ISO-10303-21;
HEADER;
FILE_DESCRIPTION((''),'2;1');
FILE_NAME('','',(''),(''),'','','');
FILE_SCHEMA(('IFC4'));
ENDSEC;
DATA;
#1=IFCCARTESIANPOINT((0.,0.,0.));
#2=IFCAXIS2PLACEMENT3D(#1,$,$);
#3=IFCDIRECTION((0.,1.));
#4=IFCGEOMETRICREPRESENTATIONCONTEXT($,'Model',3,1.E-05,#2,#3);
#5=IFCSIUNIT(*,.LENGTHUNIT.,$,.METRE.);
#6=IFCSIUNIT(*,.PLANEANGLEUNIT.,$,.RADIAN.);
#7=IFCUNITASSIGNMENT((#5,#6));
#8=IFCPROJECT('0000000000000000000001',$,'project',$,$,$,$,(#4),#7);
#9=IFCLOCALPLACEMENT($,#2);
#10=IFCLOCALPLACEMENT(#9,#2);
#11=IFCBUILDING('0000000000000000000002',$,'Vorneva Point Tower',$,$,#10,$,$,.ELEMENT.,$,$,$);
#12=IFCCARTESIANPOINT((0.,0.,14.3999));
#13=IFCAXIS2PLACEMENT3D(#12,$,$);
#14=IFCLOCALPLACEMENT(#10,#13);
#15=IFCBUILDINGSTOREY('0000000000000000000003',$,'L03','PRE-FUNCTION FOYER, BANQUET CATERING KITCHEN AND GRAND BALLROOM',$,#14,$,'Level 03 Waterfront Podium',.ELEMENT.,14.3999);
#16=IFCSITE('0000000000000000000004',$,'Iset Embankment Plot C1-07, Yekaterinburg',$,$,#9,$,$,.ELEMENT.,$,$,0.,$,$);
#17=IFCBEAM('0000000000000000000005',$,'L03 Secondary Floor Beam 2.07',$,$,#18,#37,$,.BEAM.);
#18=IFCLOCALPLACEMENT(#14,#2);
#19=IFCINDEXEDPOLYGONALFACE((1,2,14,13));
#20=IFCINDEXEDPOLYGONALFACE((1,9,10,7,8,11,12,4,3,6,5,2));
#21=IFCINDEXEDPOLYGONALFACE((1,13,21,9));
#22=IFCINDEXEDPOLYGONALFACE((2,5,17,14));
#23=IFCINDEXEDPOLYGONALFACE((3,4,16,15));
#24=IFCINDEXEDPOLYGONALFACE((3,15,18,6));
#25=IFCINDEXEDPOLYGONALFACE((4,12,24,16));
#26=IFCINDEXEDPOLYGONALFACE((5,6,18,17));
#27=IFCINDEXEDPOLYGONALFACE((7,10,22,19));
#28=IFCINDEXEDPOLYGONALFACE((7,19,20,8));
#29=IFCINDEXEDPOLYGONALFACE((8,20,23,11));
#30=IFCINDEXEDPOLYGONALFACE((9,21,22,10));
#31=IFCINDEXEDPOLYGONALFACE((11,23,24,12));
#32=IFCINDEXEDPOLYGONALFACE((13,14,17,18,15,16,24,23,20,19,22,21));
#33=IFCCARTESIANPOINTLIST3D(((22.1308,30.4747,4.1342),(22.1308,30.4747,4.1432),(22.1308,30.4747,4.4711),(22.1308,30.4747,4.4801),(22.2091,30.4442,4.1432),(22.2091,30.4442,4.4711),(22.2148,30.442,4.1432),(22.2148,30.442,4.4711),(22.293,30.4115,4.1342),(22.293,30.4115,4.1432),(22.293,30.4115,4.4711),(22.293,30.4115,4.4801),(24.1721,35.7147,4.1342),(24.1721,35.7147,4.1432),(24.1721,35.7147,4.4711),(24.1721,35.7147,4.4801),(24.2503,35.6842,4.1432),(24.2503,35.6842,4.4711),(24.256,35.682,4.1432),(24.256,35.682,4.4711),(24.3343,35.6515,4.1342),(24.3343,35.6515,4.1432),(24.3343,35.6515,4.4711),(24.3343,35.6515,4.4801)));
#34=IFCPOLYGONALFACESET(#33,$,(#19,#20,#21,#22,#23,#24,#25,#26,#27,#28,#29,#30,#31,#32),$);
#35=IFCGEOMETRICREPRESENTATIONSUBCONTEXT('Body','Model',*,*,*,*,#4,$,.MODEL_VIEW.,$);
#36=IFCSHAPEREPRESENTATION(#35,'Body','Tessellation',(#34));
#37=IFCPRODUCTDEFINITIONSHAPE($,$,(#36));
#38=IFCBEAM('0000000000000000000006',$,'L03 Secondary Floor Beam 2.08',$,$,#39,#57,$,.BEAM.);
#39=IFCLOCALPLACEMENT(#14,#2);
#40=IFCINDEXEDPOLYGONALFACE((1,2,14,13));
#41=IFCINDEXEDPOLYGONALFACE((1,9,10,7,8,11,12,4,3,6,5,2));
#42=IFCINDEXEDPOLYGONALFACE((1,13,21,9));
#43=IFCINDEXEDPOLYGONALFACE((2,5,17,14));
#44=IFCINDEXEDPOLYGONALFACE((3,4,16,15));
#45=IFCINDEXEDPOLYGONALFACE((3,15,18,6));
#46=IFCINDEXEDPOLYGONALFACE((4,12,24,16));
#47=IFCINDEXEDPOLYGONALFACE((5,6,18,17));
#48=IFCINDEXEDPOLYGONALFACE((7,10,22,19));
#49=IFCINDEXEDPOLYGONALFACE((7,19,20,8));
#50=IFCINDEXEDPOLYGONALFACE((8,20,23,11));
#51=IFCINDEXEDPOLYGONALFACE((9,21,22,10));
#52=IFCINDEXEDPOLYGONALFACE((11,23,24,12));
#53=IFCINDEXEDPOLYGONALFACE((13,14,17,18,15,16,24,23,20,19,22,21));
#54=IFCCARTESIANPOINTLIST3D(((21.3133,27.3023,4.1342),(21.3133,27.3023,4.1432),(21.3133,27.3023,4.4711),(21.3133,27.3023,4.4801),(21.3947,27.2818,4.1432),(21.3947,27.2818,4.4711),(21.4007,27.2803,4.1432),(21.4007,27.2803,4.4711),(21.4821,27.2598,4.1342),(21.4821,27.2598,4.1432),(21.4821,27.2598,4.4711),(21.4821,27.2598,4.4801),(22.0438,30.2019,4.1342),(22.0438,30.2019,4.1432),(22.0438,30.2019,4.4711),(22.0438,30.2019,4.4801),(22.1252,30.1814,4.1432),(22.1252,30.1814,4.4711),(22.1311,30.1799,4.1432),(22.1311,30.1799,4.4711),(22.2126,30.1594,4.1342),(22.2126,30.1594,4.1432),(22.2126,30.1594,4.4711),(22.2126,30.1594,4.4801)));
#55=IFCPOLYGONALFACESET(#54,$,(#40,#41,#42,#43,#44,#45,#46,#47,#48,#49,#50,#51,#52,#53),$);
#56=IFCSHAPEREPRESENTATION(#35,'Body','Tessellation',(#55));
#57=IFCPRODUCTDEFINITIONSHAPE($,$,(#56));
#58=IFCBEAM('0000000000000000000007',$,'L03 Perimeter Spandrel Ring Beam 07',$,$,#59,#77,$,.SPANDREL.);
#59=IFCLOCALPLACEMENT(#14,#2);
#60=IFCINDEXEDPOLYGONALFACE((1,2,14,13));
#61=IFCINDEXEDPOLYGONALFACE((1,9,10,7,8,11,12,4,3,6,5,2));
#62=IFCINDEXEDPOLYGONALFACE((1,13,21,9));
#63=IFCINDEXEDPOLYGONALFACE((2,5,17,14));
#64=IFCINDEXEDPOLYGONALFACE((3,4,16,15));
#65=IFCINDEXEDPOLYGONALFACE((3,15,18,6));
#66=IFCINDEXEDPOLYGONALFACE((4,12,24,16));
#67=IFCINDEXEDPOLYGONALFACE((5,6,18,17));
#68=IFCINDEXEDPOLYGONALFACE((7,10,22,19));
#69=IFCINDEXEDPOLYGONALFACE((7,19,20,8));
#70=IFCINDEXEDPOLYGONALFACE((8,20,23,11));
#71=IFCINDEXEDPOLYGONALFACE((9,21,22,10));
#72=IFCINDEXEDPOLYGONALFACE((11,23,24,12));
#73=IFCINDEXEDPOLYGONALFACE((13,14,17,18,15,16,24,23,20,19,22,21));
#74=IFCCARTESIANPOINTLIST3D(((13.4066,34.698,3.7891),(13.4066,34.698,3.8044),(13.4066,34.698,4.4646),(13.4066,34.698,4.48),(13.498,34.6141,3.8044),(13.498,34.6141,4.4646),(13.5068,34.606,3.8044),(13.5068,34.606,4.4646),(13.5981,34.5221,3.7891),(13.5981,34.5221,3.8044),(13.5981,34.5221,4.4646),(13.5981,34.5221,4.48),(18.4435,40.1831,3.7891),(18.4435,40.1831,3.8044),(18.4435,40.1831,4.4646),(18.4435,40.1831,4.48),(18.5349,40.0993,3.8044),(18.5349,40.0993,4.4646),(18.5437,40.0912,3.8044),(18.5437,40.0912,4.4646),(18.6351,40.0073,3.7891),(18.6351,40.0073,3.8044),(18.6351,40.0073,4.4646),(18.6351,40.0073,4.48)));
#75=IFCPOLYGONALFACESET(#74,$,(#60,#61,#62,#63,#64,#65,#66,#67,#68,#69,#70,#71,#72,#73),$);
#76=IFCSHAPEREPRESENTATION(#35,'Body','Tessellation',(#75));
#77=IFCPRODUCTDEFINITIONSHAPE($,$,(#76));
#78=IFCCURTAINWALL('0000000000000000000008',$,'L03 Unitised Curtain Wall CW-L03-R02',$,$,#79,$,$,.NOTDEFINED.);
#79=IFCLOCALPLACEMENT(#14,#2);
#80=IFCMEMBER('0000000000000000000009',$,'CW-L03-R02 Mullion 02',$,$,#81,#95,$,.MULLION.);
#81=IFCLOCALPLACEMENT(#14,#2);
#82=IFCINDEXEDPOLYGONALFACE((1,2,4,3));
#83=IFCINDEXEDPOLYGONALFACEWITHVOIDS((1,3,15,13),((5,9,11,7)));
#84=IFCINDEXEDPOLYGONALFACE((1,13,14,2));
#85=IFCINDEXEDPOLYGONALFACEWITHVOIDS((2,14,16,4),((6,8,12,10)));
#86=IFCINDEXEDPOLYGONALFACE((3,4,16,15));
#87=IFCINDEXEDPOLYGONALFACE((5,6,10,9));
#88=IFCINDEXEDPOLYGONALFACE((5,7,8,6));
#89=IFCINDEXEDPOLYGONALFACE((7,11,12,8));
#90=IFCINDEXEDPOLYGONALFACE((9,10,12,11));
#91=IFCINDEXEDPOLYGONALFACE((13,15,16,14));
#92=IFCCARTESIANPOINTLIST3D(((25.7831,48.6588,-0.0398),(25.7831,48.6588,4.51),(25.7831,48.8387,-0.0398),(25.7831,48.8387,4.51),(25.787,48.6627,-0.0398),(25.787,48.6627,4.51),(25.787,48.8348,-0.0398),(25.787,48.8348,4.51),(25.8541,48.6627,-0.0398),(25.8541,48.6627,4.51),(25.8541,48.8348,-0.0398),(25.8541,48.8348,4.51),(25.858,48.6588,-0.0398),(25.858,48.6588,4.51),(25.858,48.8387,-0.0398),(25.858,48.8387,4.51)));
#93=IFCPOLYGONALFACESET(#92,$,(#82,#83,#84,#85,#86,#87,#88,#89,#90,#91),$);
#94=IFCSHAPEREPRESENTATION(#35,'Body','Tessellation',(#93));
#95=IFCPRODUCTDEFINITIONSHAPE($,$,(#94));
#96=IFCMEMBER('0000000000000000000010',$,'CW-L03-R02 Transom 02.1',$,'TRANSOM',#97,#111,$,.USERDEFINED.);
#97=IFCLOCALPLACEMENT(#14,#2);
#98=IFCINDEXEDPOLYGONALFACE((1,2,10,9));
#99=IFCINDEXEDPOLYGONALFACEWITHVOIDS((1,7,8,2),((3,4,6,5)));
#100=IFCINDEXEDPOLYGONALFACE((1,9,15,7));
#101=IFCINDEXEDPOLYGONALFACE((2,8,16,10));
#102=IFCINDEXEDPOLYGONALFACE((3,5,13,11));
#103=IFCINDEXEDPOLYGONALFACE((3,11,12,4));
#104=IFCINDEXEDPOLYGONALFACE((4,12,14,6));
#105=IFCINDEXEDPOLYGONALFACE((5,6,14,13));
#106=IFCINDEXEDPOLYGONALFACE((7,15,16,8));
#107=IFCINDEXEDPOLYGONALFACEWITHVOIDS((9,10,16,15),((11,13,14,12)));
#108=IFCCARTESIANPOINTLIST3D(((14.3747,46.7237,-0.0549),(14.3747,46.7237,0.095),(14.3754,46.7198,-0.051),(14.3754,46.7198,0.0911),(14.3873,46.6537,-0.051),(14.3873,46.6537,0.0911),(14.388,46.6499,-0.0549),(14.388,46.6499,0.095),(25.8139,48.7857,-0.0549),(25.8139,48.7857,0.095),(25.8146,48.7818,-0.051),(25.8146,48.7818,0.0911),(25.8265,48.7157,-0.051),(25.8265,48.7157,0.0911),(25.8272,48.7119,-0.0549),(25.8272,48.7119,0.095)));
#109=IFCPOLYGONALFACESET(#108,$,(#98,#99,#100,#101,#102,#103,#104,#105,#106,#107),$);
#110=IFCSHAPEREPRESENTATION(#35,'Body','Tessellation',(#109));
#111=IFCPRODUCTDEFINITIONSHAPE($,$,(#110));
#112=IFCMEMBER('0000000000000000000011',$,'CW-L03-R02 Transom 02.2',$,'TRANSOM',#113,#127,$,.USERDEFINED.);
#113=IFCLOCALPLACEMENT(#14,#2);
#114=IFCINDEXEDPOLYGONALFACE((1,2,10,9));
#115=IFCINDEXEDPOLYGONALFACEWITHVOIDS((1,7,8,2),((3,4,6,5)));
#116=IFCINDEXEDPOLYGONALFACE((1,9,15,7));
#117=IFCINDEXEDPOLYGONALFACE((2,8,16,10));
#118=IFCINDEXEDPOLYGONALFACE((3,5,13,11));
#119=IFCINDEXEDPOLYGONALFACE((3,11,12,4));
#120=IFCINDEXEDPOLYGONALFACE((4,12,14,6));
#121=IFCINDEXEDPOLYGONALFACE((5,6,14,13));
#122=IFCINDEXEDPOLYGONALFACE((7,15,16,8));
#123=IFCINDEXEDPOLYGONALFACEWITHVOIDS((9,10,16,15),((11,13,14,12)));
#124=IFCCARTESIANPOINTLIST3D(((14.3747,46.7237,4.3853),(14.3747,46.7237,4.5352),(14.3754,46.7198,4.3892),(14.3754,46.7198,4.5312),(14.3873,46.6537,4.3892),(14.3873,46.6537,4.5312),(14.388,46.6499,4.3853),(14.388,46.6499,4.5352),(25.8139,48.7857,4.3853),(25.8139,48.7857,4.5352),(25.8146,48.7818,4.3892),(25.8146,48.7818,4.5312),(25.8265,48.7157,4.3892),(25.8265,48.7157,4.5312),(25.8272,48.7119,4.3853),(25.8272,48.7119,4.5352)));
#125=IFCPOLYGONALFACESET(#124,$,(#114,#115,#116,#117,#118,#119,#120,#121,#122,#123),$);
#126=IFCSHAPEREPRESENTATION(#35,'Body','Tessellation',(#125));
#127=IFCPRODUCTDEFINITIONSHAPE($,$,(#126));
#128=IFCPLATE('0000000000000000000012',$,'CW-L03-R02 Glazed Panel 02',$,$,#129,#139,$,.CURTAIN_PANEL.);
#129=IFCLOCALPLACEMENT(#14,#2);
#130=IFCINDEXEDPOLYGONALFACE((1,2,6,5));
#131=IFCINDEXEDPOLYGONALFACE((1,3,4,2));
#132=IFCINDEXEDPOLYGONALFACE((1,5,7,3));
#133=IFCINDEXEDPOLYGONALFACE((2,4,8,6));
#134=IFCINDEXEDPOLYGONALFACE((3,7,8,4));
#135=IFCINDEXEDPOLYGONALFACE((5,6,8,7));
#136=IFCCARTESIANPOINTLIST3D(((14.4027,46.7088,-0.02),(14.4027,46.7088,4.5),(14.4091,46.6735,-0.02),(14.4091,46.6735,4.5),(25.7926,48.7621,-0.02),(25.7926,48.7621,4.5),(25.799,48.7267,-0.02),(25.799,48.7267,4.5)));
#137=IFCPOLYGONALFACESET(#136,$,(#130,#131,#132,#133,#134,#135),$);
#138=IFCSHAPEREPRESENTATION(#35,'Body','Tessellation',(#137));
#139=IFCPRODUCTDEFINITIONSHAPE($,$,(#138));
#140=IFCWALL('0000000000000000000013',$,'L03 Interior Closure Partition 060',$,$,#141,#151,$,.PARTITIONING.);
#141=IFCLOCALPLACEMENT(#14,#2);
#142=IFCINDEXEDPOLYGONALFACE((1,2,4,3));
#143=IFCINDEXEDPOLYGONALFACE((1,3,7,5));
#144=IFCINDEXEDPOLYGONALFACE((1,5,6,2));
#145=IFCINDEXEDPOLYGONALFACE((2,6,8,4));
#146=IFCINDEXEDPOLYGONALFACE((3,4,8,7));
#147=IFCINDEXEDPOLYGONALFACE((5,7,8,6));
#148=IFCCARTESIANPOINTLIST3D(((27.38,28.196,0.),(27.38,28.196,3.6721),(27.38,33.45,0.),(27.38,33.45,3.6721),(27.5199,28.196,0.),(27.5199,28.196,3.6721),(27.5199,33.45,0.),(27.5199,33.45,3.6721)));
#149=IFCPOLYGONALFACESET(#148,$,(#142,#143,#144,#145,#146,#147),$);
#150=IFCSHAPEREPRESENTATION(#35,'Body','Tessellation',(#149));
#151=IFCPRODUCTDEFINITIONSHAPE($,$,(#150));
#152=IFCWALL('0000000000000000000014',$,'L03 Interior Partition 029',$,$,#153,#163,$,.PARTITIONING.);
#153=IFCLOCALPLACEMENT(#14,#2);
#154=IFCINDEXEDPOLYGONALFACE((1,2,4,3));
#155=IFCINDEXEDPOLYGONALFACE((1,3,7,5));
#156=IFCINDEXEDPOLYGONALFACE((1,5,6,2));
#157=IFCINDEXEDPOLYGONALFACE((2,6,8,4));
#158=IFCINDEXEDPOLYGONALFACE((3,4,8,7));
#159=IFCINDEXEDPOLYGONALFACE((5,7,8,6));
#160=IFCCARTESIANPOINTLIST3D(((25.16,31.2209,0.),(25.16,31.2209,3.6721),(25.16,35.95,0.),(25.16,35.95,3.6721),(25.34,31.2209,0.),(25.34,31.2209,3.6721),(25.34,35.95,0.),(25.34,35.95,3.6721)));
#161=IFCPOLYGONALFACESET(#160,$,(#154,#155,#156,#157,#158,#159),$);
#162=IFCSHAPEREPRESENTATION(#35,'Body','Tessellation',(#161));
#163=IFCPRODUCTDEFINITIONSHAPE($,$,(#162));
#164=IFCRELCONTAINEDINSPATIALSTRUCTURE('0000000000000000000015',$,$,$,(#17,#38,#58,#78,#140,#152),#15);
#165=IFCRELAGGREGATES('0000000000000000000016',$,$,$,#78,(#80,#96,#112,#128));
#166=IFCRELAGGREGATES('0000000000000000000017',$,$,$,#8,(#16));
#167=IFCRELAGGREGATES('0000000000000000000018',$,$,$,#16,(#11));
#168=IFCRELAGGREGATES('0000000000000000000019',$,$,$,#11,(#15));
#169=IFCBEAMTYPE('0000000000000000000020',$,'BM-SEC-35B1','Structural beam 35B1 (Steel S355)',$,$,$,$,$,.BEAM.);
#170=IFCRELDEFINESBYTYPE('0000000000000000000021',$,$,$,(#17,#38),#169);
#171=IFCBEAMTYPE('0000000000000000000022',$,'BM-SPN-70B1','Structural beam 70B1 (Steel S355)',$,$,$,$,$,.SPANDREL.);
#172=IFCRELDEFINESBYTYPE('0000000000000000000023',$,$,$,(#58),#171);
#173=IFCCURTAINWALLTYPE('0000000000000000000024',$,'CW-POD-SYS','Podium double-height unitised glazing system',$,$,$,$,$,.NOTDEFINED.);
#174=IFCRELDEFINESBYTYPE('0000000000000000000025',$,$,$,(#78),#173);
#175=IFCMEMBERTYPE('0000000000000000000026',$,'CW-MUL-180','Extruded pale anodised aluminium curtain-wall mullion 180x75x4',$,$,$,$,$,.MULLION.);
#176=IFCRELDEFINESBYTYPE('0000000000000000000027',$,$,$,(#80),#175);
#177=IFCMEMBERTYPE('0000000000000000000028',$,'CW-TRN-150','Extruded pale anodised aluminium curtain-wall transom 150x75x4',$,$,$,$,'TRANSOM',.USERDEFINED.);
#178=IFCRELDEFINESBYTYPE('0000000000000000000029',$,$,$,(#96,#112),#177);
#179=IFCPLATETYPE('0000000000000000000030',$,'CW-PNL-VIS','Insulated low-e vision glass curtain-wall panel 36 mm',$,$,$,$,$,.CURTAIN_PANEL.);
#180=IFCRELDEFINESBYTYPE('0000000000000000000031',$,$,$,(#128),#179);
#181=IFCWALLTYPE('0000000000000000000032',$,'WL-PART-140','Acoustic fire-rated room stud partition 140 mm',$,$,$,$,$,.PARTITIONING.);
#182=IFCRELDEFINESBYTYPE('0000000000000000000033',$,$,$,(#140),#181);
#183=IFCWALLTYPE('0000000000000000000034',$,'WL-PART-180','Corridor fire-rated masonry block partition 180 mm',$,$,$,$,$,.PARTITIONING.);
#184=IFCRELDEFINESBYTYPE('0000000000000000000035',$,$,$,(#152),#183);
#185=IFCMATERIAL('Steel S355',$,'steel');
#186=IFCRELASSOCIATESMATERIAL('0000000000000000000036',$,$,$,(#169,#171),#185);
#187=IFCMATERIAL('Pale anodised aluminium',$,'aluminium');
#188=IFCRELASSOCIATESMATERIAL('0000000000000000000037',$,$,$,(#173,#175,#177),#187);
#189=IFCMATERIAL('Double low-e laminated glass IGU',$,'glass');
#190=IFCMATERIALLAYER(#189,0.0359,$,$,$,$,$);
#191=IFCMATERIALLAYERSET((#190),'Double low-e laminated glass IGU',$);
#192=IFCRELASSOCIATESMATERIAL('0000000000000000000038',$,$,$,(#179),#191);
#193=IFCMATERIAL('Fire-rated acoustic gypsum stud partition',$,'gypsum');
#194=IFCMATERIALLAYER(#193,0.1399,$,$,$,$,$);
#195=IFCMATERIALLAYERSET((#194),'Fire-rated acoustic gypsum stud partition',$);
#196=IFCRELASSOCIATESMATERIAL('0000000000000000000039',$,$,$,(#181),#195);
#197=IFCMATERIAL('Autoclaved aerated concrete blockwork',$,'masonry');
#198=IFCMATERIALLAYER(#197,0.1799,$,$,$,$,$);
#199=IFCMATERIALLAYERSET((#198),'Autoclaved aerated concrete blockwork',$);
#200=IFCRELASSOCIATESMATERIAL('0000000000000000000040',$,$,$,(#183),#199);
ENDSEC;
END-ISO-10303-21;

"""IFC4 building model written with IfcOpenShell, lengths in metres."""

from ifc_helpers import new_model, si_unit, direction, frame, frame_2d, origin, origin_2d, place, context, subcontext, project, spatial, rectangle, hollow_rectangle, i_section, extrude, material, layer, layer_set, material_profile, profile_set, type_object, element, aggregate, save


model = new_model("IFC4")

# Units and contexts
model_context = context("Model", 3, precision=1e-05, world=origin(), true_north=direction((0.0, 1.0)))
body_context = subcontext(model_context, "Body", "Model", "MODEL_VIEW")
ifc_project = project(units=[si_unit("LENGTHUNIT", "METRE"), si_unit("PLANEANGLEUNIT", "RADIAN")], contexts=[model_context])

# Site, building, storey
site_placement = place(None, origin())
site = spatial("IfcSite", under=ifc_project, at=site_placement, Name="Iset Embankment Plot C1-07, Yekaterinburg", CompositionType="ELEMENT", RefElevation=0.0)
building_placement = place(site_placement, origin())
building = spatial("IfcBuilding", under=site, at=building_placement, Name="Vorneva Point Tower", CompositionType="ELEMENT")
storey_placement = place(building_placement, frame((0.0, 0.0, 14.3999)))
storey = spatial("IfcBuildingStorey", under=building, at=storey_placement, Name="L03", Description="PRE-FUNCTION FOYER, BANQUET CATERING KITCHEN AND GRAND BALLROOM", LongName="Level 03 Waterfront Podium", CompositionType="ELEMENT", Elevation=14.3999)

# Beams
ifc_material_1 = material(Name="Steel S355", Category="steel")
ifc_material_profile_1 = material_profile(ifc_material_1, i_section(OverallWidth=0.1741, OverallDepth=0.3459, WebThickness=0.0061, FlangeThickness=0.009, at=origin_2d()), Name="35B1")
ifc_profile_set_1 = profile_set([ifc_material_profile_1], Name="Steel S355")
beam_type_1 = type_object("IfcBeamType", Name="BM-SEC-35B1", Description="Structural beam 35B1 (Steel S355)", PredefinedType="BEAM", material=ifc_profile_set_1)
beam_1_placement = place(storey_placement, frame((24.2532, 35.6831, 4.3071), z_axis=(-0.362985, -0.931795, 0.0), x_axis=(0.931795, -0.362985, 0.0)))
element("IfcBeam", 1, at=beam_1_placement, inside=storey, type_object=beam_type_1, Name="L03 Secondary Floor Beam 2.07", PredefinedType="BEAM", context=body_context, shape_type="SweptSolid", body=[
    extrude(i_section(OverallWidth=0.1741, OverallDepth=0.3459, WebThickness=0.0061, FlangeThickness=0.009, at=origin_2d()), origin(), (0.0, 0.0, 1.0), 5.6235),
])
beam_2_placement = place(storey_placement, frame((22.1282, 30.1807, 4.3071), z_axis=(-0.244283, -0.969704, 0.0), x_axis=(0.969704, -0.244283, 0.0)))
element("IfcBeam", 2, at=beam_2_placement, inside=storey, type_object=beam_type_1, Name="L03 Secondary Floor Beam 2.08", PredefinedType="BEAM", context=body_context, shape_type="SweptSolid", body=[
    extrude(i_section(OverallWidth=0.1741, OverallDepth=0.3459, WebThickness=0.0061, FlangeThickness=0.009, at=origin_2d()), origin(), (0.0, 0.0, 1.0), 2.9902),
])
ifc_material_profile_2 = material_profile(ifc_material_1, i_section(OverallWidth=0.26, OverallDepth=0.6909, WebThickness=0.012, FlangeThickness=0.0154, at=origin_2d()), Name="70B1")
ifc_profile_set_2 = profile_set([ifc_material_profile_2], Name="Steel S355")
beam_type_2 = type_object("IfcBeamType", Name="BM-SPN-70B1", Description="Structural beam 70B1 (Steel S355)", PredefinedType="SPANDREL", material=ifc_profile_set_2)
beam_3_placement = place(storey_placement, frame((18.5393, 40.0952, 4.1345), z_axis=(-0.67637, -0.736562, 0.0), x_axis=(0.736562, -0.67637, 0.0)))
element("IfcBeam", 3, at=beam_3_placement, inside=storey, type_object=beam_type_2, Name="L03 Perimeter Spandrel Ring Beam 07", PredefinedType="SPANDREL", context=body_context, shape_type="SweptSolid", body=[
    extrude(i_section(OverallWidth=0.26, OverallDepth=0.6909, WebThickness=0.012, FlangeThickness=0.0154, at=origin_2d()), origin(), (0.0, 0.0, 1.0), 7.447),
])

# Curtain wall, members, plate
ifc_material_2 = material(Name="Pale anodised aluminium", Category="aluminium")
curtain_wall_type = type_object("IfcCurtainWallType", Name="CW-POD-SYS", Description="Podium double-height unitised glazing system", PredefinedType="NOTDEFINED", material=ifc_material_2)
curtain_wall_placement = place(storey_placement, origin())
curtain_wall = element("IfcCurtainWall", 4, at=curtain_wall_placement, inside=storey, type_object=curtain_wall_type, Name="L03 Unitised Curtain Wall CW-L03-R02", PredefinedType="NOTDEFINED")
ifc_material_profile_3 = material_profile(ifc_material_2, hollow_rectangle(XDim=0.075, YDim=0.1799, WallThickness=0.0039, at=origin_2d()), Name="AL-MUL 180x75x4")
ifc_profile_set_3 = profile_set([ifc_material_profile_3], Name="Pale anodised aluminium")
member_type_1 = type_object("IfcMemberType", Name="CW-MUL-180", Description="Extruded pale anodised aluminium curtain-wall mullion 180x75x4", PredefinedType="MULLION", material=ifc_profile_set_3)
member_1_placement = place(storey_placement, frame((25.8206, 48.7488, -0.0398), z_axis=(0.0, 0.0, 1.0), x_axis=(1.0, 0.0, 0.0)))
member_1 = element("IfcMember", 5, at=member_1_placement, type_object=member_type_1, Name="CW-L03-R02 Mullion 02", PredefinedType="MULLION", context=body_context, shape_type="SweptSolid", body=[
    extrude(hollow_rectangle(XDim=0.075, YDim=0.1799, WallThickness=0.0039, at=origin_2d()), origin(), (0.0, 0.0, 1.0), 4.5498),
])
ifc_material_profile_4 = material_profile(ifc_material_2, hollow_rectangle(XDim=0.075, YDim=0.1499, WallThickness=0.0039, at=origin_2d()), Name="AL-TRN 150x75x4")
ifc_profile_set_4 = profile_set([ifc_material_profile_4], Name="Pale anodised aluminium")
member_type_2 = type_object("IfcMemberType", Name="CW-TRN-150", Description="Extruded pale anodised aluminium curtain-wall transom 150x75x4", ElementType="TRANSOM", PredefinedType="USERDEFINED", material=ifc_profile_set_4)
member_2_placement = place(storey_placement, frame((25.8206, 48.7488, 0.02), z_axis=(-0.984139, -0.177399, 0.0), x_axis=(0.177399, -0.984139, 0.0)))
member_2 = element("IfcMember", 6, at=member_2_placement, type_object=member_type_2, Name="CW-L03-R02 Transom 02.1", ObjectType="TRANSOM", PredefinedType="USERDEFINED", context=body_context, shape_type="SweptSolid", body=[
    extrude(hollow_rectangle(XDim=0.075, YDim=0.1499, WallThickness=0.0039, at=origin_2d()), origin(), (0.0, 0.0, 1.0), 11.6235),
])
member_3_placement = place(storey_placement, frame((25.8206, 48.7488, 4.4602), z_axis=(-0.984139, -0.177399, 0.0), x_axis=(0.177399, -0.984139, 0.0)))
member_3 = element("IfcMember", 7, at=member_3_placement, type_object=member_type_2, Name="CW-L03-R02 Transom 02.2", ObjectType="TRANSOM", PredefinedType="USERDEFINED", context=body_context, shape_type="SweptSolid", body=[
    extrude(hollow_rectangle(XDim=0.075, YDim=0.1499, WallThickness=0.0039, at=origin_2d()), origin(), (0.0, 0.0, 1.0), 11.6235),
])
ifc_material_3 = material(Name="Double low-e laminated glass IGU", Category="glass")
ifc_layer_1 = layer(ifc_material_3, 0.0359)
ifc_layer_set_1 = layer_set([ifc_layer_1], Name="Double low-e laminated glass IGU")
plate_type = type_object("IfcPlateType", Name="CW-PNL-VIS", Description="Insulated low-e vision glass curtain-wall panel 36 mm", PredefinedType="CURTAIN_PANEL", material=ifc_layer_set_1)
plate_placement = place(storey_placement, frame((20.1008, 47.7178, -0.02), z_axis=(0.0, 0.0, 1.0), x_axis=(-0.984137, -0.177411, 0.0)))
plate = element("IfcPlate", 8, at=plate_placement, type_object=plate_type, Name="CW-L03-R02 Glazed Panel 02", PredefinedType="CURTAIN_PANEL", context=body_context, shape_type="SweptSolid", body=[
    extrude(rectangle(XDim=11.5735, YDim=0.0359, at=origin_2d()), origin(), (0.0, 0.0, 1.0), 4.52),
])
aggregate(curtain_wall, [member_1, member_2, member_3, plate])

# Walls
ifc_material_4 = material(Name="Fire-rated acoustic gypsum stud partition", Category="gypsum")
ifc_layer_2 = layer(ifc_material_4, 0.1399)
ifc_layer_set_2 = layer_set([ifc_layer_2], Name="Fire-rated acoustic gypsum stud partition")
wall_type_1 = type_object("IfcWallType", Name="WL-PART-140", Description="Acoustic fire-rated room stud partition 140 mm", PredefinedType="PARTITIONING", material=ifc_layer_set_2)
wall_1_placement = place(storey_placement, frame((27.45, 28.196, 0.0), z_axis=(0.0, 0.0, 1.0), x_axis=(0.0, 1.0, 0.0)))
element("IfcWall", 9, at=wall_1_placement, inside=storey, type_object=wall_type_1, Name="L03 Interior Closure Partition 060", PredefinedType="PARTITIONING", context=body_context, shape_type="SweptSolid", body=[
    extrude(rectangle(XDim=5.2539, YDim=0.1399, at=frame_2d((2.627, 0.0))), origin(), (0.0, 0.0, 1.0), 3.6721),
])
ifc_material_5 = material(Name="Autoclaved aerated concrete blockwork", Category="masonry")
ifc_layer_3 = layer(ifc_material_5, 0.1799)
ifc_layer_set_3 = layer_set([ifc_layer_3], Name="Autoclaved aerated concrete blockwork")
wall_type_2 = type_object("IfcWallType", Name="WL-PART-180", Description="Corridor fire-rated masonry block partition 180 mm", PredefinedType="PARTITIONING", material=ifc_layer_set_3)
wall_2_placement = place(storey_placement, frame((25.25, 35.95, 0.0), z_axis=(0.0, 0.0, 1.0), x_axis=(0.0, -1.0, 0.0)))
element("IfcWall", 10, at=wall_2_placement, inside=storey, type_object=wall_type_2, Name="L03 Interior Partition 029", PredefinedType="PARTITIONING", context=body_context, shape_type="SweptSolid", body=[
    extrude(rectangle(XDim=4.729, YDim=0.1799, at=frame_2d((2.3645, 0.0))), origin(), (0.0, 0.0, 1.0), 3.6721),
])

save(model, "model.ifc")
